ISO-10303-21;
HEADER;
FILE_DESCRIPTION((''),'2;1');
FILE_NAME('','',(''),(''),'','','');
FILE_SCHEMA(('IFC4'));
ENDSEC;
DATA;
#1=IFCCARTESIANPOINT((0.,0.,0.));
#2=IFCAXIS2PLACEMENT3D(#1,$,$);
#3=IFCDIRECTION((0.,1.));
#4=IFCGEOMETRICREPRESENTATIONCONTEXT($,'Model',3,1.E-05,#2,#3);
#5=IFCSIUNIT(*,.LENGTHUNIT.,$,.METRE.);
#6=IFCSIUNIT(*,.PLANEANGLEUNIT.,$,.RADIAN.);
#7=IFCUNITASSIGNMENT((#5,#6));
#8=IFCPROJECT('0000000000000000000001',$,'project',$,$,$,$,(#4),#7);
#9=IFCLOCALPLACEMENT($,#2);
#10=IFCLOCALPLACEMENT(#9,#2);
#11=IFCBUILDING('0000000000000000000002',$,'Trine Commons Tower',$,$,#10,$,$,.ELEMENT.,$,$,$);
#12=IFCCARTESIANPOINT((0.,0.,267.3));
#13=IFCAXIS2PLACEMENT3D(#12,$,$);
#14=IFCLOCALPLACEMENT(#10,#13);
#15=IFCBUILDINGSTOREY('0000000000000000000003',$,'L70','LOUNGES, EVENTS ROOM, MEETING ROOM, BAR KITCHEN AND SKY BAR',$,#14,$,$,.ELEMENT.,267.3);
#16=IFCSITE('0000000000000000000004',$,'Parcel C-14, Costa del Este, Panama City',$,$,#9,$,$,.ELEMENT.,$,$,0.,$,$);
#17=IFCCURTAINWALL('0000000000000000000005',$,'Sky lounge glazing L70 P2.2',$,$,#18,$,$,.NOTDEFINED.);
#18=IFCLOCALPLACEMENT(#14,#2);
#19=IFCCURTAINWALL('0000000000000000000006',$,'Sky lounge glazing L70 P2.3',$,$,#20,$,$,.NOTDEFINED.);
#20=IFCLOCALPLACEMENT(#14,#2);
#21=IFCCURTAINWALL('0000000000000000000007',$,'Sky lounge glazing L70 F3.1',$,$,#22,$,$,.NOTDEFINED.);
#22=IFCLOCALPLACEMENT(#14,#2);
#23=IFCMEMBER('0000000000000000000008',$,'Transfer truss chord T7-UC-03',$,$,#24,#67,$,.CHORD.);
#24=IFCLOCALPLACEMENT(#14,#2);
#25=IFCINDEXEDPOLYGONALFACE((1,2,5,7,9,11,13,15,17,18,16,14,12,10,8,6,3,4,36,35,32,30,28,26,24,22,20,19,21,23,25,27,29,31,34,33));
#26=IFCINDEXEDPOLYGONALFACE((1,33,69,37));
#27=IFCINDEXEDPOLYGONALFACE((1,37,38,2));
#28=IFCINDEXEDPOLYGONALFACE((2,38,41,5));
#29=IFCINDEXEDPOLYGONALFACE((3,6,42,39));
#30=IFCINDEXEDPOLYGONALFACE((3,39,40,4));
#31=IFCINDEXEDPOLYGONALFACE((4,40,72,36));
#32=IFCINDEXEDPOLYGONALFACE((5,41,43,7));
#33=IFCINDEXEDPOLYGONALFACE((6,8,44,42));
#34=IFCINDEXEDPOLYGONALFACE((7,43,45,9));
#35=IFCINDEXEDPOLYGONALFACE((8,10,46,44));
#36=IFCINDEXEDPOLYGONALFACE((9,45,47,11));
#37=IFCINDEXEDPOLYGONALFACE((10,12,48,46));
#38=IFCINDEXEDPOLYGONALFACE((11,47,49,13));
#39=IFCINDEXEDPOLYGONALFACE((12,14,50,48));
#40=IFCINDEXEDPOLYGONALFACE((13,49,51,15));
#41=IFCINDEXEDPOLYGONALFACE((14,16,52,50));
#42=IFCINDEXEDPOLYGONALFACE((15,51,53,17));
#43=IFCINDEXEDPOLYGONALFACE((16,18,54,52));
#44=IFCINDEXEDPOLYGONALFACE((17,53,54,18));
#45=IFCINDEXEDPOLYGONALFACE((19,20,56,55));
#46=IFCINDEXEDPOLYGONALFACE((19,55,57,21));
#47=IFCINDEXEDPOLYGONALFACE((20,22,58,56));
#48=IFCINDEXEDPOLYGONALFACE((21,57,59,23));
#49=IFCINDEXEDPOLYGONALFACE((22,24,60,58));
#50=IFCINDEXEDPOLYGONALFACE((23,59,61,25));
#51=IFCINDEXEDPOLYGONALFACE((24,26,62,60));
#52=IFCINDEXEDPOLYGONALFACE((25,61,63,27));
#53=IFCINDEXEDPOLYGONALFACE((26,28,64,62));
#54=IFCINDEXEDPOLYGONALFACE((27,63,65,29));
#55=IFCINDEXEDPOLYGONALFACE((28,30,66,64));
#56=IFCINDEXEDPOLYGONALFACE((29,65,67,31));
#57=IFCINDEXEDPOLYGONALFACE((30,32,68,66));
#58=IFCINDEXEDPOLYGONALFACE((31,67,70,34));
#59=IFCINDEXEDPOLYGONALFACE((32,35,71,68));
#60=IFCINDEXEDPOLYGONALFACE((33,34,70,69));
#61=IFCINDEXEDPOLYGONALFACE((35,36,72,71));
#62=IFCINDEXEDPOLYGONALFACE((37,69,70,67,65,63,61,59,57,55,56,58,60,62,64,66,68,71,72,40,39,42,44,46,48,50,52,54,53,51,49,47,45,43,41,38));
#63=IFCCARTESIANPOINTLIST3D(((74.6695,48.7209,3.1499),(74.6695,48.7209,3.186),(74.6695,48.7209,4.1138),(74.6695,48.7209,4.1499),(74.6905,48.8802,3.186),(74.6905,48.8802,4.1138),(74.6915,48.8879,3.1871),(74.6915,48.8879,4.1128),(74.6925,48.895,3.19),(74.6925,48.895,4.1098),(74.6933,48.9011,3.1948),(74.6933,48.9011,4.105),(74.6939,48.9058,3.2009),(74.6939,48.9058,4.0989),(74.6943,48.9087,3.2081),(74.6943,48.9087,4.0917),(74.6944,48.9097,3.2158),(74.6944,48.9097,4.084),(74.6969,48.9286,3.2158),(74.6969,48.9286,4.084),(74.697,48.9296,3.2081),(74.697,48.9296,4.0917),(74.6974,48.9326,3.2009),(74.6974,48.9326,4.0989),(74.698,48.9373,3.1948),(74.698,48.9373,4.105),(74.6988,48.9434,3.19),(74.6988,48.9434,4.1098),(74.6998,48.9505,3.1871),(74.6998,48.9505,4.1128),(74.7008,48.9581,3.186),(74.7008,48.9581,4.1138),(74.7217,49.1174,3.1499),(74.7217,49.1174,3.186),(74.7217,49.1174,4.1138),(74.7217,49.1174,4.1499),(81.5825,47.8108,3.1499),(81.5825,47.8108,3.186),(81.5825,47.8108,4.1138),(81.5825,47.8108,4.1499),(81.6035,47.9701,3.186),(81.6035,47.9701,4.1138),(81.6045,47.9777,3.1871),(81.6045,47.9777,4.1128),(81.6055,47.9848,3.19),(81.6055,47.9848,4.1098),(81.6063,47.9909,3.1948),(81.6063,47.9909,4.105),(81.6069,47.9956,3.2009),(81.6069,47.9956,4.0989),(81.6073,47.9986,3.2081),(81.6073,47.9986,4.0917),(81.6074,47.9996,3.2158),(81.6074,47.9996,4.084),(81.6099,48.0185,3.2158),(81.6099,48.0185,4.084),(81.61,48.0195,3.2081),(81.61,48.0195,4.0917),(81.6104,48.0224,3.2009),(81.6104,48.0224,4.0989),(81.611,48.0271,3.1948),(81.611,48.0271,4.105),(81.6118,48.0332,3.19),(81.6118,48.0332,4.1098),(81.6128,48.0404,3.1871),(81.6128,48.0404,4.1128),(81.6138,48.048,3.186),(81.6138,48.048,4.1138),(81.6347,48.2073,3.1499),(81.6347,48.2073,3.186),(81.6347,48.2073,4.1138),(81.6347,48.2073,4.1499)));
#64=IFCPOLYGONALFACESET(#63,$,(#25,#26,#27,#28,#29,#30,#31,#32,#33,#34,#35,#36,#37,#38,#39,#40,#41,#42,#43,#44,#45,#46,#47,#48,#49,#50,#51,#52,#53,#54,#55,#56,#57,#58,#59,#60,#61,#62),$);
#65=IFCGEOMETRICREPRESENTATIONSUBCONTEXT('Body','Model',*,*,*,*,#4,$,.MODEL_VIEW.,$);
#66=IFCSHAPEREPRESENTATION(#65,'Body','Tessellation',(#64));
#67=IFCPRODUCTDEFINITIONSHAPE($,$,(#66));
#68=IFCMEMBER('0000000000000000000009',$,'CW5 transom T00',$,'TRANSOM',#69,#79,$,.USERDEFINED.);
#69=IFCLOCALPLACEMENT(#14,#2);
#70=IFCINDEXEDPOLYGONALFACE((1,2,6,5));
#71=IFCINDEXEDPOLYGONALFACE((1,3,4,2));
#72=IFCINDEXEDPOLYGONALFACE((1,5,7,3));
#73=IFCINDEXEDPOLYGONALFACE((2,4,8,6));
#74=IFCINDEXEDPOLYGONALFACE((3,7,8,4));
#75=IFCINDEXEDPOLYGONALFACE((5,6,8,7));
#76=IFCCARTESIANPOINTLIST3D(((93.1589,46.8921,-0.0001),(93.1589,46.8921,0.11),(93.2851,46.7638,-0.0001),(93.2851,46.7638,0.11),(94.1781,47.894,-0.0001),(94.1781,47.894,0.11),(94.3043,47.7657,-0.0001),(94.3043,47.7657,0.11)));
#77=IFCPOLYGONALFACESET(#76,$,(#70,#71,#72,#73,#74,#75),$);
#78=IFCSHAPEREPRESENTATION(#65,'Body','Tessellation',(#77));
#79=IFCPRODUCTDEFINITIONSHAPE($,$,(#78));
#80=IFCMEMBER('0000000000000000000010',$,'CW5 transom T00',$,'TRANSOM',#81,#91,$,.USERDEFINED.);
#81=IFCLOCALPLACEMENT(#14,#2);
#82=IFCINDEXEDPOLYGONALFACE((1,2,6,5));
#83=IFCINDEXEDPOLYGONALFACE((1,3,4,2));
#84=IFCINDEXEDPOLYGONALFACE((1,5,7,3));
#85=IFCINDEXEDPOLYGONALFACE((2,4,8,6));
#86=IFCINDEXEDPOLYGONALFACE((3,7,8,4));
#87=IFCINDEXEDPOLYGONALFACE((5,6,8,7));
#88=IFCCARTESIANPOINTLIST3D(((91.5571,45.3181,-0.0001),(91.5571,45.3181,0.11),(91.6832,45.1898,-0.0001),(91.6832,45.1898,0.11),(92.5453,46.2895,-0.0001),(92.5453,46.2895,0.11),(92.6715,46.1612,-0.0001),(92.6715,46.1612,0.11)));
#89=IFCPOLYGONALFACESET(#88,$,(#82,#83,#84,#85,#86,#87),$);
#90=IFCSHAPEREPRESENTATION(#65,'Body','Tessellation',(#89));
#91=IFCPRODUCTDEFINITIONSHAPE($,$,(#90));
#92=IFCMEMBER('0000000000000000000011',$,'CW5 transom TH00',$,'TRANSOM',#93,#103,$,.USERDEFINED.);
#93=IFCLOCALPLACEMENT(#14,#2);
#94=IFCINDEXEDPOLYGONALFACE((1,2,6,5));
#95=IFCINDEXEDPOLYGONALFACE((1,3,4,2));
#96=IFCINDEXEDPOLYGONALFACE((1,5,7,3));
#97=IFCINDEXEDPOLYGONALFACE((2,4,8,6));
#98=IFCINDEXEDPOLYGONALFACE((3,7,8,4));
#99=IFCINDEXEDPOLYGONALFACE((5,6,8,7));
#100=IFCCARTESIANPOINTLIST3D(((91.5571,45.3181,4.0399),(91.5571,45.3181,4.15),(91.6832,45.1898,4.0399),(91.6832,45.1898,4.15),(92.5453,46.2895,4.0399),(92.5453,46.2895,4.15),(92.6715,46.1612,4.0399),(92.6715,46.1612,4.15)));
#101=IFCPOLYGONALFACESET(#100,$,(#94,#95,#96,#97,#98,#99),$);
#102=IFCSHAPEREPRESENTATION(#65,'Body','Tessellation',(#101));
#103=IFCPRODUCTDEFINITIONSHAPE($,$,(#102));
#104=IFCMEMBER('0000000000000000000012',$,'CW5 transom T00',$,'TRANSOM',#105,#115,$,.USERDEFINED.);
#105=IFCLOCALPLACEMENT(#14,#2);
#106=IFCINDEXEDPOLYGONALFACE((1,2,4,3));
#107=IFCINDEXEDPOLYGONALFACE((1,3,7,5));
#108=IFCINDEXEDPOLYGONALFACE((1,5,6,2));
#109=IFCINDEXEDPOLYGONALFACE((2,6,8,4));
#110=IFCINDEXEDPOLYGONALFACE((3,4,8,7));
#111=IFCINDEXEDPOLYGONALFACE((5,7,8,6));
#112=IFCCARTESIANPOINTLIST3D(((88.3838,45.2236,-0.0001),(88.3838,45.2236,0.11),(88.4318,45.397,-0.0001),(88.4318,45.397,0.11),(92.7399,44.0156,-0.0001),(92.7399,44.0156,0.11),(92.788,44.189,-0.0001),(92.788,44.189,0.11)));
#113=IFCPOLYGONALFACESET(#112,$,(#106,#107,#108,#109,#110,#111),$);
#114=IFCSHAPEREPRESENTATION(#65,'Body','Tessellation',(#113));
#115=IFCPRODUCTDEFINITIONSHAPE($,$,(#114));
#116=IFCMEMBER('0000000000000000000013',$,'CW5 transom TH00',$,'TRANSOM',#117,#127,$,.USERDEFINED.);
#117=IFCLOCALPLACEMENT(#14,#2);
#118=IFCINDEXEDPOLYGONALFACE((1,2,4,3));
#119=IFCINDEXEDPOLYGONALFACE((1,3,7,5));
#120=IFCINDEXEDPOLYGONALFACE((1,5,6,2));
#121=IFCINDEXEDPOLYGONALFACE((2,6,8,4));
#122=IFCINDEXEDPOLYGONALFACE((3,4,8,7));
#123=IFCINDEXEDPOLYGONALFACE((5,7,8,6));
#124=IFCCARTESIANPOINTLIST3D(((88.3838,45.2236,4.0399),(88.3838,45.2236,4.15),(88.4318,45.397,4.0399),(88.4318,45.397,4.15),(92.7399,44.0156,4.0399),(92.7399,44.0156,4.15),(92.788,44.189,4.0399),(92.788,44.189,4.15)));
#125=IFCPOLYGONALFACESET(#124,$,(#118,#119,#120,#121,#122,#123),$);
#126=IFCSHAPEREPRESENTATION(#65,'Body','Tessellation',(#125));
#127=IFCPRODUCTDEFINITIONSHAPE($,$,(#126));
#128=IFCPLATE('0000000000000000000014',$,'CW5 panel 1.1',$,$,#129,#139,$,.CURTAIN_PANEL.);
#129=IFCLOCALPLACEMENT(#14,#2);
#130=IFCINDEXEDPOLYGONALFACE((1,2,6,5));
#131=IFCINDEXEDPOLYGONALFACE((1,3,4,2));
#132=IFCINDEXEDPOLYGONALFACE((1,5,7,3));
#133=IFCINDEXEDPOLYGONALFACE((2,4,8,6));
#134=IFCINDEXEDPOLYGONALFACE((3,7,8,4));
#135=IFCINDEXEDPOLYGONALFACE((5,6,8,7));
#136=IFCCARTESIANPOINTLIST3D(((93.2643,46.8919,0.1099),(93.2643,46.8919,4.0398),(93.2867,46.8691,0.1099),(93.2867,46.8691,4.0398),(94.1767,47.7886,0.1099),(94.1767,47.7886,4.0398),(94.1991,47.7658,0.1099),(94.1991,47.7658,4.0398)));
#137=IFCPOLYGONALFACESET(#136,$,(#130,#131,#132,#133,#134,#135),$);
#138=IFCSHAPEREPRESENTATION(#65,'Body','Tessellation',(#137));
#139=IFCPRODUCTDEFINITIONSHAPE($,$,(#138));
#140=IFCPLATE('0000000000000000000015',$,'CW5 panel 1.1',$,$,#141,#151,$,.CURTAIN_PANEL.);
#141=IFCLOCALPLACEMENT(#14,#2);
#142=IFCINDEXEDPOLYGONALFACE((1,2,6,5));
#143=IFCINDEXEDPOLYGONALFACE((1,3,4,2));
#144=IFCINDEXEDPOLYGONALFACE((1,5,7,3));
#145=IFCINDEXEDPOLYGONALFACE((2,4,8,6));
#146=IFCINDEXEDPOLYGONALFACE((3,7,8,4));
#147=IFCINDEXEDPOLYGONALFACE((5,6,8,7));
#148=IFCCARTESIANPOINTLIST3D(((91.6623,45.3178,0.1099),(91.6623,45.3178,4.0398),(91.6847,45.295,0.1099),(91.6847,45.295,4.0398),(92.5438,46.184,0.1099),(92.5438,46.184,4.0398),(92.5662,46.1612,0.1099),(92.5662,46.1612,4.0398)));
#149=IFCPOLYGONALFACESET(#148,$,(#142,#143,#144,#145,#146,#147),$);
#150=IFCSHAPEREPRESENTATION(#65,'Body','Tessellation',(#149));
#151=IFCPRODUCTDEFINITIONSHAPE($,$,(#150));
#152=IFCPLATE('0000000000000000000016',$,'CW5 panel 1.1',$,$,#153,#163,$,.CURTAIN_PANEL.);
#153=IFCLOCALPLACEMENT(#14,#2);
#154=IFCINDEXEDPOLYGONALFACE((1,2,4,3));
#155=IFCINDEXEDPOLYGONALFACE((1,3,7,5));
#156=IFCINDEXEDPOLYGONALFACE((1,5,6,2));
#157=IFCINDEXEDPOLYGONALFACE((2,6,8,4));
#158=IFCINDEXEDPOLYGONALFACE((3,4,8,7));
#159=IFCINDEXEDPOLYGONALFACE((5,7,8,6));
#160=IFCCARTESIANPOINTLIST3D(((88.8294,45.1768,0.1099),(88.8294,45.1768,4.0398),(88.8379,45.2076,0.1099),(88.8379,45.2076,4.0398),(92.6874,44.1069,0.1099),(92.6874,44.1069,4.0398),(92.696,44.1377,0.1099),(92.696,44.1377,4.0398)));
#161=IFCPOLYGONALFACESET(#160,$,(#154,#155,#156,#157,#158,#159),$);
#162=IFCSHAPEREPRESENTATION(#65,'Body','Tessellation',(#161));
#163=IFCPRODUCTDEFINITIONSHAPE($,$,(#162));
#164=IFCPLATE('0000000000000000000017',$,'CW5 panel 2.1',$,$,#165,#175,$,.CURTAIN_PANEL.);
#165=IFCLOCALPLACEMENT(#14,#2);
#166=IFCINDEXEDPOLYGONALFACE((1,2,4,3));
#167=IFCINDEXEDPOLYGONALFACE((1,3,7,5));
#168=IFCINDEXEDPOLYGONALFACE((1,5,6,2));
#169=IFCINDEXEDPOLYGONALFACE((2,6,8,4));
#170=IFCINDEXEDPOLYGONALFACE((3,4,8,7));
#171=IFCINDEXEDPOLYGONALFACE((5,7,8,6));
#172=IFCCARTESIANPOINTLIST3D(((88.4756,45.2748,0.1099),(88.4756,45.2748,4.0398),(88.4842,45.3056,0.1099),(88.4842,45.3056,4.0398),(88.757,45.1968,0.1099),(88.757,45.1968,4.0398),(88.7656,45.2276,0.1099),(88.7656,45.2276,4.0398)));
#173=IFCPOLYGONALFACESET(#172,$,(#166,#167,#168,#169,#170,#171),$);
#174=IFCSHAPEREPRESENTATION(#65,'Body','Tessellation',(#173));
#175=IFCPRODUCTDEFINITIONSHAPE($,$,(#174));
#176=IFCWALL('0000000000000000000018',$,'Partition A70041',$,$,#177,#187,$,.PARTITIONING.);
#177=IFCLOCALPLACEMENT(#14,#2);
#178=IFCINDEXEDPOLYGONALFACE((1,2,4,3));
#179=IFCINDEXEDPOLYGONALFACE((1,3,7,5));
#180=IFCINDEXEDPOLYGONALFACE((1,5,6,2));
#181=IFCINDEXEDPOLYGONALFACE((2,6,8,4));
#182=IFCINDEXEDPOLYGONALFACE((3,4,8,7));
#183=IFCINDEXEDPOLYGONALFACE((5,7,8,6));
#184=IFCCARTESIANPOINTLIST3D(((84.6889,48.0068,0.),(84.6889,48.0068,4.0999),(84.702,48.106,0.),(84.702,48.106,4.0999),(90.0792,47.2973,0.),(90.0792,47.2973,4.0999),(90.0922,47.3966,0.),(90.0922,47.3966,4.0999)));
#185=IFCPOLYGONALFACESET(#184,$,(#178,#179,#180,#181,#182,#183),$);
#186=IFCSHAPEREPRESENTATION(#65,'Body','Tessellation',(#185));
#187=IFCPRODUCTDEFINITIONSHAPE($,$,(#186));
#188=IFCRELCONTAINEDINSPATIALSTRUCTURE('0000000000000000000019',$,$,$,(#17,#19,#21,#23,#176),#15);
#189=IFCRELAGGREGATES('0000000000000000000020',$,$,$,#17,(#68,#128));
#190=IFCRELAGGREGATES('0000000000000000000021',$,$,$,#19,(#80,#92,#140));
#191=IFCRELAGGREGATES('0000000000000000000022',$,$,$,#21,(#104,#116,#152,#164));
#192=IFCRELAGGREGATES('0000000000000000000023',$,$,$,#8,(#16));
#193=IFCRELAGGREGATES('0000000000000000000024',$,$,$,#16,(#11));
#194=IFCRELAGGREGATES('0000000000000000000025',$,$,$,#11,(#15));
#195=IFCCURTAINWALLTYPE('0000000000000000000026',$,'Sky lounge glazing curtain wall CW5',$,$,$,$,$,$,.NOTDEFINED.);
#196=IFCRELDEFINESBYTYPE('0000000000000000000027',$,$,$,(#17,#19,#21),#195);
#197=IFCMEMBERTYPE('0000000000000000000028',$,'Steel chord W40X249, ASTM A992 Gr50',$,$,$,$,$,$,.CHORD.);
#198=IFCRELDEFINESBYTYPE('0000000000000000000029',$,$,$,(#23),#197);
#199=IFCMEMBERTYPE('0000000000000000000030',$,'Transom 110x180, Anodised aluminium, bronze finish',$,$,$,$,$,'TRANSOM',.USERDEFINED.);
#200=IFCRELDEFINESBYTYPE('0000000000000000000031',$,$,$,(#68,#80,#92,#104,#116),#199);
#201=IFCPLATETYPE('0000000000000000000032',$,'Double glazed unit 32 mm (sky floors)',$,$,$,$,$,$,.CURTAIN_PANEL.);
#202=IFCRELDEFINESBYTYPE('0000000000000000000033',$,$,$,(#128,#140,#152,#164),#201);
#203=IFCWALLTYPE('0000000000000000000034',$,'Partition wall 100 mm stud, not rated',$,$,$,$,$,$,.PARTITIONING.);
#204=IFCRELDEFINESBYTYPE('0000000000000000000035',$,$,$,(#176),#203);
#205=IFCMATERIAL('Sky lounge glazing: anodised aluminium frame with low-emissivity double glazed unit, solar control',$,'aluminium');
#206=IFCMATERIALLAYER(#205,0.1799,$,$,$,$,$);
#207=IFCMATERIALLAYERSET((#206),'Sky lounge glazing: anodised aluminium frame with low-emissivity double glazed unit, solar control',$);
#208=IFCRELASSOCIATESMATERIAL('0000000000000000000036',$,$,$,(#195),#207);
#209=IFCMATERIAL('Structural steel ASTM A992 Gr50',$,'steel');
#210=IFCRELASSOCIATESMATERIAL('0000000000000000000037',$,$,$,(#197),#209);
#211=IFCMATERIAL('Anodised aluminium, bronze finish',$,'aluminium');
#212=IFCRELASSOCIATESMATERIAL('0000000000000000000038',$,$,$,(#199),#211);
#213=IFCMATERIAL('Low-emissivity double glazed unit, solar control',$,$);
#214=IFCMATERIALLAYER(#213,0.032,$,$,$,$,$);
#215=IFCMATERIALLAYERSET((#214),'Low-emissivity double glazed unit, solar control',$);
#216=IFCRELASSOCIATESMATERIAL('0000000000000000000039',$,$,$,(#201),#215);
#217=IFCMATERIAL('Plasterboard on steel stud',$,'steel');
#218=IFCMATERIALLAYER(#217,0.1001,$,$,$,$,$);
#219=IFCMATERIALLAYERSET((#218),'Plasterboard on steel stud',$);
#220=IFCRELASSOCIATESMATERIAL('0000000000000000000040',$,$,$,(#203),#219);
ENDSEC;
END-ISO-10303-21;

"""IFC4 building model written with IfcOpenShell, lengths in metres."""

from ifc_helpers import new_model, si_unit, direction, frame, frame_2d, origin, origin_2d, place, context, subcontext, project, spatial, rectangle, i_section, extrude, material, layer, layer_set, material_profile, profile_set, type_object, element, aggregate, save


model = new_model("IFC4")

# Units and contexts
model_context = context("Model", 3, precision=1e-05, world=origin(), true_north=direction((0.0, 1.0)))
body_context = subcontext(model_context, "Body", "Model", "MODEL_VIEW")
ifc_project = project(units=[si_unit("LENGTHUNIT", "METRE"), si_unit("PLANEANGLEUNIT", "RADIAN")], contexts=[model_context])

# Site, building, storey
site_placement = place(None, origin())
site = spatial("IfcSite", under=ifc_project, at=site_placement, Name="Parcel C-14, Costa del Este, Panama City", CompositionType="ELEMENT", RefElevation=0.0)
building_placement = place(site_placement, origin())
building = spatial("IfcBuilding", under=site, at=building_placement, Name="Trine Commons Tower", CompositionType="ELEMENT")
storey_placement = place(building_placement, frame((0.0, 0.0, 267.3)))
storey = spatial("IfcBuildingStorey", under=building, at=storey_placement, Name="L70", Description="LOUNGES, EVENTS ROOM, MEETING ROOM, BAR KITCHEN AND SKY BAR", CompositionType="ELEMENT", Elevation=267.3)

# Curtain walls
ifc_material_1 = material(Name="Sky lounge glazing: anodised aluminium frame with low-emissivity double glazed unit, solar control", Category="aluminium")
ifc_layer_1 = layer(ifc_material_1, 0.1799)
ifc_layer_set_1 = layer_set([ifc_layer_1], Name="Sky lounge glazing: anodised aluminium frame with low-emissivity double glazed unit, solar control")
curtain_wall_type = type_object("IfcCurtainWallType", Name="Sky lounge glazing curtain wall CW5", PredefinedType="NOTDEFINED", material=ifc_layer_set_1)
curtain_wall_1_placement = place(storey_placement, origin())
curtain_wall_1 = element("IfcCurtainWall", 1, at=curtain_wall_1_placement, inside=storey, type_object=curtain_wall_type, Name="Sky lounge glazing L70 P2.2", PredefinedType="NOTDEFINED")
ifc_material_2 = material(Name="Anodised aluminium, bronze finish", Category="aluminium")
curtain_wall_2_placement = place(storey_placement, origin())
curtain_wall_2 = element("IfcCurtainWall", 2, at=curtain_wall_2_placement, inside=storey, type_object=curtain_wall_type, Name="Sky lounge glazing L70 P2.3", PredefinedType="NOTDEFINED")
curtain_wall_3_placement = place(storey_placement, origin())
curtain_wall_3 = element("IfcCurtainWall", 3, at=curtain_wall_3_placement, inside=storey, type_object=curtain_wall_type, Name="Sky lounge glazing L70 F3.1", PredefinedType="NOTDEFINED")

# Member
ifc_material_3 = material(Name="Structural steel ASTM A992 Gr50", Category="steel")
ifc_material_profile_1 = material_profile(ifc_material_3, i_section(OverallWidth=0.3999, OverallDepth=1.0, WebThickness=0.019, FlangeThickness=0.0361, FilletRadius=0.0298, at=origin_2d()), Name="W40X249")
ifc_profile_set_1 = profile_set([ifc_material_profile_1], Name="Structural steel ASTM A992 Gr50")
member_type_1 = type_object("IfcMemberType", Name="Steel chord W40X249, ASTM A992 Gr50", PredefinedType="CHORD", material=ifc_profile_set_1)
for number, where, z_axis, x_axis, name in (
    (4, (81.6086, 48.009, 3.6499), (-0.991444, 0.130531, 0.0), (-0.130531, -0.991444, 0.0), "Transfer truss chord T7-UC-03"),
):
    element("IfcMember", number, at=place(storey_placement, frame(where, z_axis=z_axis, x_axis=x_axis)), inside=storey, type_object=member_type_1, Name=name, PredefinedType="CHORD", context=body_context, shape_type="SweptSolid", body=[
        extrude(i_section(OverallWidth=0.3999, OverallDepth=1.0, WebThickness=0.019, FlangeThickness=0.0361, FilletRadius=0.0298, at=origin_2d()), origin(), (0.0, 0.0, 1.0), 6.9727),
    ])

# Members
ifc_material_profile_2 = material_profile(ifc_material_2, rectangle(XDim=0.1799, YDim=0.1101, at=origin_2d()), Name="Transom 110x180")
ifc_profile_set_2 = profile_set([ifc_material_profile_2], Name="Anodised aluminium, bronze finish")
member_type_2 = type_object("IfcMemberType", Name="Transom 110x180, Anodised aluminium, bronze finish", ElementType="TRANSOM", PredefinedType="USERDEFINED", material=ifc_profile_set_2)
member_1_placement = place(storey_placement, frame((94.2412, 47.8298, 0.0549), z_axis=(-0.713145, -0.701017, 0.0), x_axis=(0.701017, -0.713145, 0.0)))
member_1 = element("IfcMember", 5, at=member_1_placement, type_object=member_type_2, Name="CW5 transom T00", ObjectType="TRANSOM", PredefinedType="USERDEFINED", context=body_context, shape_type="SweptSolid", body=[
    extrude(rectangle(XDim=0.1799, YDim=0.1101, at=origin_2d()), origin(), (0.0, 0.0, 1.0), 1.4292),
])
member_2_placement = place(storey_placement, frame((92.6084, 46.2253, 0.0549), z_axis=(-0.713159, -0.701003, 0.0), x_axis=(0.701003, -0.713159, 0.0)))
member_2 = element("IfcMember", 6, at=member_2_placement, type_object=member_type_2, Name="CW5 transom T00", ObjectType="TRANSOM", PredefinedType="USERDEFINED", context=body_context, shape_type="SweptSolid", body=[
    extrude(rectangle(XDim=0.1799, YDim=0.1101, at=origin_2d()), origin(), (0.0, 0.0, 1.0), 1.3857),
])
member_3_placement = place(storey_placement, frame((92.6084, 46.2253, 4.095), z_axis=(-0.713159, -0.701003, 0.0), x_axis=(0.701003, -0.713159, 0.0)))
member_3 = element("IfcMember", 7, at=member_3_placement, type_object=member_type_2, Name="CW5 transom TH00", ObjectType="TRANSOM", PredefinedType="USERDEFINED", context=body_context, shape_type="SweptSolid", body=[
    extrude(rectangle(XDim=0.1799, YDim=0.1101, at=origin_2d()), origin(), (0.0, 0.0, 1.0), 1.3857),
])
member_4_placement = place(storey_placement, frame((92.7639, 44.1023, 0.0549), z_axis=(-0.963635, 0.267223, 0.0), x_axis=(-0.267223, -0.963635, 0.0)))
member_4 = element("IfcMember", 8, at=member_4_placement, type_object=member_type_2, Name="CW5 transom T00", ObjectType="TRANSOM", PredefinedType="USERDEFINED", context=body_context, shape_type="SweptSolid", body=[
    extrude(rectangle(XDim=0.1799, YDim=0.1101, at=origin_2d()), origin(), (0.0, 0.0, 1.0), 4.5205),
])
member_5_placement = place(storey_placement, frame((92.7639, 44.1023, 4.095), z_axis=(-0.963635, 0.267223, 0.0), x_axis=(-0.267223, -0.963635, 0.0)))
member_5 = element("IfcMember", 9, at=member_5_placement, type_object=member_type_2, Name="CW5 transom TH00", ObjectType="TRANSOM", PredefinedType="USERDEFINED", context=body_context, shape_type="SweptSolid", body=[
    extrude(rectangle(XDim=0.1799, YDim=0.1101, at=origin_2d()), origin(), (0.0, 0.0, 1.0), 4.5205),
])

# Plates
ifc_material_4 = material(Name="Low-emissivity double glazed unit, solar control")
ifc_layer_2 = layer(ifc_material_4, 0.032)
ifc_layer_set_2 = layer_set([ifc_layer_2], Name="Low-emissivity double glazed unit, solar control")
plate_type = type_object("IfcPlateType", Name="Double glazed unit 32 mm (sky floors)", PredefinedType="CURTAIN_PANEL", material=ifc_layer_set_2)
plate_1_placement = place(storey_placement, frame((93.7317, 47.3289, 0.1099), z_axis=(0.0, 0.0, 1.0), x_axis=(-0.71325, -0.700909, 0.0)))
plate_1 = element("IfcPlate", 10, at=plate_1_placement, type_object=plate_type, Name="CW5 panel 1.1", PredefinedType="CURTAIN_PANEL", context=body_context, shape_type="SweptSolid", body=[
    extrude(rectangle(XDim=1.2793, YDim=0.032, at=origin_2d()), origin(), (0.0, 0.0, 1.0), 3.9299),
])
aggregate(curtain_wall_1, [member_1, plate_1])
plate_2_placement = place(storey_placement, frame((92.1143, 45.7395, 0.1099), z_axis=(0.0, 0.0, 1.0), x_axis=(-0.71325, -0.700909, 0.0)))
plate_2 = element("IfcPlate", 11, at=plate_2_placement, type_object=plate_type, Name="CW5 panel 1.1", PredefinedType="CURTAIN_PANEL", context=body_context, shape_type="SweptSolid", body=[
    extrude(rectangle(XDim=1.2358, YDim=0.032, at=origin_2d()), origin(), (0.0, 0.0, 1.0), 3.9299),
])
aggregate(curtain_wall_2, [member_2, member_3, plate_2])
plate_3_placement = place(storey_placement, frame((90.7627, 44.6572, 0.1099), z_axis=(0.0, 0.0, 1.0), x_axis=(-0.96363, 0.267238, 0.0)))
plate_3 = element("IfcPlate", 12, at=plate_3_placement, type_object=plate_type, Name="CW5 panel 1.1", PredefinedType="CURTAIN_PANEL", context=body_context, shape_type="SweptSolid", body=[
    extrude(rectangle(XDim=4.0037, YDim=0.032, at=origin_2d()), origin(), (0.0, 0.0, 1.0), 3.9299),
])
plate_4_placement = place(storey_placement, frame((88.6206, 45.2512, 0.1099), z_axis=(0.0, 0.0, 1.0), x_axis=(-0.96363, 0.267238, 0.0)))
plate_4 = element("IfcPlate", 13, at=plate_4_placement, type_object=plate_type, Name="CW5 panel 2.1", PredefinedType="CURTAIN_PANEL", context=body_context, shape_type="SweptSolid", body=[
    extrude(rectangle(XDim=0.292, YDim=0.032, at=origin_2d()), origin(), (0.0, 0.0, 1.0), 3.9299),
])
aggregate(curtain_wall_3, [member_4, member_5, plate_3, plate_4])

# Wall
ifc_material_5 = material(Name="Plasterboard on steel stud", Category="steel")
ifc_layer_3 = layer(ifc_material_5, 0.1001)
ifc_layer_set_3 = layer_set([ifc_layer_3], Name="Plasterboard on steel stud")
wall_type_1 = type_object("IfcWallType", Name="Partition wall 100 mm stud, not rated", PredefinedType="PARTITIONING", material=ifc_layer_set_3)
wall_1_placement = place(storey_placement, frame((84.6956, 48.0564, 0.0), z_axis=(0.0, 0.0, 1.0), x_axis=(0.991449, -0.130493, 0.0)))
element("IfcWall", 14, at=wall_1_placement, inside=storey, type_object=wall_type_1, Name="Partition A70041", PredefinedType="PARTITIONING", context=body_context, shape_type="SweptSolid", body=[
    extrude(rectangle(XDim=5.4368, YDim=0.1001, at=frame_2d((2.7183, 0.0))), origin(), (0.0, 0.0, 1.0), 4.0999),
])

save(model, "model.ifc")
